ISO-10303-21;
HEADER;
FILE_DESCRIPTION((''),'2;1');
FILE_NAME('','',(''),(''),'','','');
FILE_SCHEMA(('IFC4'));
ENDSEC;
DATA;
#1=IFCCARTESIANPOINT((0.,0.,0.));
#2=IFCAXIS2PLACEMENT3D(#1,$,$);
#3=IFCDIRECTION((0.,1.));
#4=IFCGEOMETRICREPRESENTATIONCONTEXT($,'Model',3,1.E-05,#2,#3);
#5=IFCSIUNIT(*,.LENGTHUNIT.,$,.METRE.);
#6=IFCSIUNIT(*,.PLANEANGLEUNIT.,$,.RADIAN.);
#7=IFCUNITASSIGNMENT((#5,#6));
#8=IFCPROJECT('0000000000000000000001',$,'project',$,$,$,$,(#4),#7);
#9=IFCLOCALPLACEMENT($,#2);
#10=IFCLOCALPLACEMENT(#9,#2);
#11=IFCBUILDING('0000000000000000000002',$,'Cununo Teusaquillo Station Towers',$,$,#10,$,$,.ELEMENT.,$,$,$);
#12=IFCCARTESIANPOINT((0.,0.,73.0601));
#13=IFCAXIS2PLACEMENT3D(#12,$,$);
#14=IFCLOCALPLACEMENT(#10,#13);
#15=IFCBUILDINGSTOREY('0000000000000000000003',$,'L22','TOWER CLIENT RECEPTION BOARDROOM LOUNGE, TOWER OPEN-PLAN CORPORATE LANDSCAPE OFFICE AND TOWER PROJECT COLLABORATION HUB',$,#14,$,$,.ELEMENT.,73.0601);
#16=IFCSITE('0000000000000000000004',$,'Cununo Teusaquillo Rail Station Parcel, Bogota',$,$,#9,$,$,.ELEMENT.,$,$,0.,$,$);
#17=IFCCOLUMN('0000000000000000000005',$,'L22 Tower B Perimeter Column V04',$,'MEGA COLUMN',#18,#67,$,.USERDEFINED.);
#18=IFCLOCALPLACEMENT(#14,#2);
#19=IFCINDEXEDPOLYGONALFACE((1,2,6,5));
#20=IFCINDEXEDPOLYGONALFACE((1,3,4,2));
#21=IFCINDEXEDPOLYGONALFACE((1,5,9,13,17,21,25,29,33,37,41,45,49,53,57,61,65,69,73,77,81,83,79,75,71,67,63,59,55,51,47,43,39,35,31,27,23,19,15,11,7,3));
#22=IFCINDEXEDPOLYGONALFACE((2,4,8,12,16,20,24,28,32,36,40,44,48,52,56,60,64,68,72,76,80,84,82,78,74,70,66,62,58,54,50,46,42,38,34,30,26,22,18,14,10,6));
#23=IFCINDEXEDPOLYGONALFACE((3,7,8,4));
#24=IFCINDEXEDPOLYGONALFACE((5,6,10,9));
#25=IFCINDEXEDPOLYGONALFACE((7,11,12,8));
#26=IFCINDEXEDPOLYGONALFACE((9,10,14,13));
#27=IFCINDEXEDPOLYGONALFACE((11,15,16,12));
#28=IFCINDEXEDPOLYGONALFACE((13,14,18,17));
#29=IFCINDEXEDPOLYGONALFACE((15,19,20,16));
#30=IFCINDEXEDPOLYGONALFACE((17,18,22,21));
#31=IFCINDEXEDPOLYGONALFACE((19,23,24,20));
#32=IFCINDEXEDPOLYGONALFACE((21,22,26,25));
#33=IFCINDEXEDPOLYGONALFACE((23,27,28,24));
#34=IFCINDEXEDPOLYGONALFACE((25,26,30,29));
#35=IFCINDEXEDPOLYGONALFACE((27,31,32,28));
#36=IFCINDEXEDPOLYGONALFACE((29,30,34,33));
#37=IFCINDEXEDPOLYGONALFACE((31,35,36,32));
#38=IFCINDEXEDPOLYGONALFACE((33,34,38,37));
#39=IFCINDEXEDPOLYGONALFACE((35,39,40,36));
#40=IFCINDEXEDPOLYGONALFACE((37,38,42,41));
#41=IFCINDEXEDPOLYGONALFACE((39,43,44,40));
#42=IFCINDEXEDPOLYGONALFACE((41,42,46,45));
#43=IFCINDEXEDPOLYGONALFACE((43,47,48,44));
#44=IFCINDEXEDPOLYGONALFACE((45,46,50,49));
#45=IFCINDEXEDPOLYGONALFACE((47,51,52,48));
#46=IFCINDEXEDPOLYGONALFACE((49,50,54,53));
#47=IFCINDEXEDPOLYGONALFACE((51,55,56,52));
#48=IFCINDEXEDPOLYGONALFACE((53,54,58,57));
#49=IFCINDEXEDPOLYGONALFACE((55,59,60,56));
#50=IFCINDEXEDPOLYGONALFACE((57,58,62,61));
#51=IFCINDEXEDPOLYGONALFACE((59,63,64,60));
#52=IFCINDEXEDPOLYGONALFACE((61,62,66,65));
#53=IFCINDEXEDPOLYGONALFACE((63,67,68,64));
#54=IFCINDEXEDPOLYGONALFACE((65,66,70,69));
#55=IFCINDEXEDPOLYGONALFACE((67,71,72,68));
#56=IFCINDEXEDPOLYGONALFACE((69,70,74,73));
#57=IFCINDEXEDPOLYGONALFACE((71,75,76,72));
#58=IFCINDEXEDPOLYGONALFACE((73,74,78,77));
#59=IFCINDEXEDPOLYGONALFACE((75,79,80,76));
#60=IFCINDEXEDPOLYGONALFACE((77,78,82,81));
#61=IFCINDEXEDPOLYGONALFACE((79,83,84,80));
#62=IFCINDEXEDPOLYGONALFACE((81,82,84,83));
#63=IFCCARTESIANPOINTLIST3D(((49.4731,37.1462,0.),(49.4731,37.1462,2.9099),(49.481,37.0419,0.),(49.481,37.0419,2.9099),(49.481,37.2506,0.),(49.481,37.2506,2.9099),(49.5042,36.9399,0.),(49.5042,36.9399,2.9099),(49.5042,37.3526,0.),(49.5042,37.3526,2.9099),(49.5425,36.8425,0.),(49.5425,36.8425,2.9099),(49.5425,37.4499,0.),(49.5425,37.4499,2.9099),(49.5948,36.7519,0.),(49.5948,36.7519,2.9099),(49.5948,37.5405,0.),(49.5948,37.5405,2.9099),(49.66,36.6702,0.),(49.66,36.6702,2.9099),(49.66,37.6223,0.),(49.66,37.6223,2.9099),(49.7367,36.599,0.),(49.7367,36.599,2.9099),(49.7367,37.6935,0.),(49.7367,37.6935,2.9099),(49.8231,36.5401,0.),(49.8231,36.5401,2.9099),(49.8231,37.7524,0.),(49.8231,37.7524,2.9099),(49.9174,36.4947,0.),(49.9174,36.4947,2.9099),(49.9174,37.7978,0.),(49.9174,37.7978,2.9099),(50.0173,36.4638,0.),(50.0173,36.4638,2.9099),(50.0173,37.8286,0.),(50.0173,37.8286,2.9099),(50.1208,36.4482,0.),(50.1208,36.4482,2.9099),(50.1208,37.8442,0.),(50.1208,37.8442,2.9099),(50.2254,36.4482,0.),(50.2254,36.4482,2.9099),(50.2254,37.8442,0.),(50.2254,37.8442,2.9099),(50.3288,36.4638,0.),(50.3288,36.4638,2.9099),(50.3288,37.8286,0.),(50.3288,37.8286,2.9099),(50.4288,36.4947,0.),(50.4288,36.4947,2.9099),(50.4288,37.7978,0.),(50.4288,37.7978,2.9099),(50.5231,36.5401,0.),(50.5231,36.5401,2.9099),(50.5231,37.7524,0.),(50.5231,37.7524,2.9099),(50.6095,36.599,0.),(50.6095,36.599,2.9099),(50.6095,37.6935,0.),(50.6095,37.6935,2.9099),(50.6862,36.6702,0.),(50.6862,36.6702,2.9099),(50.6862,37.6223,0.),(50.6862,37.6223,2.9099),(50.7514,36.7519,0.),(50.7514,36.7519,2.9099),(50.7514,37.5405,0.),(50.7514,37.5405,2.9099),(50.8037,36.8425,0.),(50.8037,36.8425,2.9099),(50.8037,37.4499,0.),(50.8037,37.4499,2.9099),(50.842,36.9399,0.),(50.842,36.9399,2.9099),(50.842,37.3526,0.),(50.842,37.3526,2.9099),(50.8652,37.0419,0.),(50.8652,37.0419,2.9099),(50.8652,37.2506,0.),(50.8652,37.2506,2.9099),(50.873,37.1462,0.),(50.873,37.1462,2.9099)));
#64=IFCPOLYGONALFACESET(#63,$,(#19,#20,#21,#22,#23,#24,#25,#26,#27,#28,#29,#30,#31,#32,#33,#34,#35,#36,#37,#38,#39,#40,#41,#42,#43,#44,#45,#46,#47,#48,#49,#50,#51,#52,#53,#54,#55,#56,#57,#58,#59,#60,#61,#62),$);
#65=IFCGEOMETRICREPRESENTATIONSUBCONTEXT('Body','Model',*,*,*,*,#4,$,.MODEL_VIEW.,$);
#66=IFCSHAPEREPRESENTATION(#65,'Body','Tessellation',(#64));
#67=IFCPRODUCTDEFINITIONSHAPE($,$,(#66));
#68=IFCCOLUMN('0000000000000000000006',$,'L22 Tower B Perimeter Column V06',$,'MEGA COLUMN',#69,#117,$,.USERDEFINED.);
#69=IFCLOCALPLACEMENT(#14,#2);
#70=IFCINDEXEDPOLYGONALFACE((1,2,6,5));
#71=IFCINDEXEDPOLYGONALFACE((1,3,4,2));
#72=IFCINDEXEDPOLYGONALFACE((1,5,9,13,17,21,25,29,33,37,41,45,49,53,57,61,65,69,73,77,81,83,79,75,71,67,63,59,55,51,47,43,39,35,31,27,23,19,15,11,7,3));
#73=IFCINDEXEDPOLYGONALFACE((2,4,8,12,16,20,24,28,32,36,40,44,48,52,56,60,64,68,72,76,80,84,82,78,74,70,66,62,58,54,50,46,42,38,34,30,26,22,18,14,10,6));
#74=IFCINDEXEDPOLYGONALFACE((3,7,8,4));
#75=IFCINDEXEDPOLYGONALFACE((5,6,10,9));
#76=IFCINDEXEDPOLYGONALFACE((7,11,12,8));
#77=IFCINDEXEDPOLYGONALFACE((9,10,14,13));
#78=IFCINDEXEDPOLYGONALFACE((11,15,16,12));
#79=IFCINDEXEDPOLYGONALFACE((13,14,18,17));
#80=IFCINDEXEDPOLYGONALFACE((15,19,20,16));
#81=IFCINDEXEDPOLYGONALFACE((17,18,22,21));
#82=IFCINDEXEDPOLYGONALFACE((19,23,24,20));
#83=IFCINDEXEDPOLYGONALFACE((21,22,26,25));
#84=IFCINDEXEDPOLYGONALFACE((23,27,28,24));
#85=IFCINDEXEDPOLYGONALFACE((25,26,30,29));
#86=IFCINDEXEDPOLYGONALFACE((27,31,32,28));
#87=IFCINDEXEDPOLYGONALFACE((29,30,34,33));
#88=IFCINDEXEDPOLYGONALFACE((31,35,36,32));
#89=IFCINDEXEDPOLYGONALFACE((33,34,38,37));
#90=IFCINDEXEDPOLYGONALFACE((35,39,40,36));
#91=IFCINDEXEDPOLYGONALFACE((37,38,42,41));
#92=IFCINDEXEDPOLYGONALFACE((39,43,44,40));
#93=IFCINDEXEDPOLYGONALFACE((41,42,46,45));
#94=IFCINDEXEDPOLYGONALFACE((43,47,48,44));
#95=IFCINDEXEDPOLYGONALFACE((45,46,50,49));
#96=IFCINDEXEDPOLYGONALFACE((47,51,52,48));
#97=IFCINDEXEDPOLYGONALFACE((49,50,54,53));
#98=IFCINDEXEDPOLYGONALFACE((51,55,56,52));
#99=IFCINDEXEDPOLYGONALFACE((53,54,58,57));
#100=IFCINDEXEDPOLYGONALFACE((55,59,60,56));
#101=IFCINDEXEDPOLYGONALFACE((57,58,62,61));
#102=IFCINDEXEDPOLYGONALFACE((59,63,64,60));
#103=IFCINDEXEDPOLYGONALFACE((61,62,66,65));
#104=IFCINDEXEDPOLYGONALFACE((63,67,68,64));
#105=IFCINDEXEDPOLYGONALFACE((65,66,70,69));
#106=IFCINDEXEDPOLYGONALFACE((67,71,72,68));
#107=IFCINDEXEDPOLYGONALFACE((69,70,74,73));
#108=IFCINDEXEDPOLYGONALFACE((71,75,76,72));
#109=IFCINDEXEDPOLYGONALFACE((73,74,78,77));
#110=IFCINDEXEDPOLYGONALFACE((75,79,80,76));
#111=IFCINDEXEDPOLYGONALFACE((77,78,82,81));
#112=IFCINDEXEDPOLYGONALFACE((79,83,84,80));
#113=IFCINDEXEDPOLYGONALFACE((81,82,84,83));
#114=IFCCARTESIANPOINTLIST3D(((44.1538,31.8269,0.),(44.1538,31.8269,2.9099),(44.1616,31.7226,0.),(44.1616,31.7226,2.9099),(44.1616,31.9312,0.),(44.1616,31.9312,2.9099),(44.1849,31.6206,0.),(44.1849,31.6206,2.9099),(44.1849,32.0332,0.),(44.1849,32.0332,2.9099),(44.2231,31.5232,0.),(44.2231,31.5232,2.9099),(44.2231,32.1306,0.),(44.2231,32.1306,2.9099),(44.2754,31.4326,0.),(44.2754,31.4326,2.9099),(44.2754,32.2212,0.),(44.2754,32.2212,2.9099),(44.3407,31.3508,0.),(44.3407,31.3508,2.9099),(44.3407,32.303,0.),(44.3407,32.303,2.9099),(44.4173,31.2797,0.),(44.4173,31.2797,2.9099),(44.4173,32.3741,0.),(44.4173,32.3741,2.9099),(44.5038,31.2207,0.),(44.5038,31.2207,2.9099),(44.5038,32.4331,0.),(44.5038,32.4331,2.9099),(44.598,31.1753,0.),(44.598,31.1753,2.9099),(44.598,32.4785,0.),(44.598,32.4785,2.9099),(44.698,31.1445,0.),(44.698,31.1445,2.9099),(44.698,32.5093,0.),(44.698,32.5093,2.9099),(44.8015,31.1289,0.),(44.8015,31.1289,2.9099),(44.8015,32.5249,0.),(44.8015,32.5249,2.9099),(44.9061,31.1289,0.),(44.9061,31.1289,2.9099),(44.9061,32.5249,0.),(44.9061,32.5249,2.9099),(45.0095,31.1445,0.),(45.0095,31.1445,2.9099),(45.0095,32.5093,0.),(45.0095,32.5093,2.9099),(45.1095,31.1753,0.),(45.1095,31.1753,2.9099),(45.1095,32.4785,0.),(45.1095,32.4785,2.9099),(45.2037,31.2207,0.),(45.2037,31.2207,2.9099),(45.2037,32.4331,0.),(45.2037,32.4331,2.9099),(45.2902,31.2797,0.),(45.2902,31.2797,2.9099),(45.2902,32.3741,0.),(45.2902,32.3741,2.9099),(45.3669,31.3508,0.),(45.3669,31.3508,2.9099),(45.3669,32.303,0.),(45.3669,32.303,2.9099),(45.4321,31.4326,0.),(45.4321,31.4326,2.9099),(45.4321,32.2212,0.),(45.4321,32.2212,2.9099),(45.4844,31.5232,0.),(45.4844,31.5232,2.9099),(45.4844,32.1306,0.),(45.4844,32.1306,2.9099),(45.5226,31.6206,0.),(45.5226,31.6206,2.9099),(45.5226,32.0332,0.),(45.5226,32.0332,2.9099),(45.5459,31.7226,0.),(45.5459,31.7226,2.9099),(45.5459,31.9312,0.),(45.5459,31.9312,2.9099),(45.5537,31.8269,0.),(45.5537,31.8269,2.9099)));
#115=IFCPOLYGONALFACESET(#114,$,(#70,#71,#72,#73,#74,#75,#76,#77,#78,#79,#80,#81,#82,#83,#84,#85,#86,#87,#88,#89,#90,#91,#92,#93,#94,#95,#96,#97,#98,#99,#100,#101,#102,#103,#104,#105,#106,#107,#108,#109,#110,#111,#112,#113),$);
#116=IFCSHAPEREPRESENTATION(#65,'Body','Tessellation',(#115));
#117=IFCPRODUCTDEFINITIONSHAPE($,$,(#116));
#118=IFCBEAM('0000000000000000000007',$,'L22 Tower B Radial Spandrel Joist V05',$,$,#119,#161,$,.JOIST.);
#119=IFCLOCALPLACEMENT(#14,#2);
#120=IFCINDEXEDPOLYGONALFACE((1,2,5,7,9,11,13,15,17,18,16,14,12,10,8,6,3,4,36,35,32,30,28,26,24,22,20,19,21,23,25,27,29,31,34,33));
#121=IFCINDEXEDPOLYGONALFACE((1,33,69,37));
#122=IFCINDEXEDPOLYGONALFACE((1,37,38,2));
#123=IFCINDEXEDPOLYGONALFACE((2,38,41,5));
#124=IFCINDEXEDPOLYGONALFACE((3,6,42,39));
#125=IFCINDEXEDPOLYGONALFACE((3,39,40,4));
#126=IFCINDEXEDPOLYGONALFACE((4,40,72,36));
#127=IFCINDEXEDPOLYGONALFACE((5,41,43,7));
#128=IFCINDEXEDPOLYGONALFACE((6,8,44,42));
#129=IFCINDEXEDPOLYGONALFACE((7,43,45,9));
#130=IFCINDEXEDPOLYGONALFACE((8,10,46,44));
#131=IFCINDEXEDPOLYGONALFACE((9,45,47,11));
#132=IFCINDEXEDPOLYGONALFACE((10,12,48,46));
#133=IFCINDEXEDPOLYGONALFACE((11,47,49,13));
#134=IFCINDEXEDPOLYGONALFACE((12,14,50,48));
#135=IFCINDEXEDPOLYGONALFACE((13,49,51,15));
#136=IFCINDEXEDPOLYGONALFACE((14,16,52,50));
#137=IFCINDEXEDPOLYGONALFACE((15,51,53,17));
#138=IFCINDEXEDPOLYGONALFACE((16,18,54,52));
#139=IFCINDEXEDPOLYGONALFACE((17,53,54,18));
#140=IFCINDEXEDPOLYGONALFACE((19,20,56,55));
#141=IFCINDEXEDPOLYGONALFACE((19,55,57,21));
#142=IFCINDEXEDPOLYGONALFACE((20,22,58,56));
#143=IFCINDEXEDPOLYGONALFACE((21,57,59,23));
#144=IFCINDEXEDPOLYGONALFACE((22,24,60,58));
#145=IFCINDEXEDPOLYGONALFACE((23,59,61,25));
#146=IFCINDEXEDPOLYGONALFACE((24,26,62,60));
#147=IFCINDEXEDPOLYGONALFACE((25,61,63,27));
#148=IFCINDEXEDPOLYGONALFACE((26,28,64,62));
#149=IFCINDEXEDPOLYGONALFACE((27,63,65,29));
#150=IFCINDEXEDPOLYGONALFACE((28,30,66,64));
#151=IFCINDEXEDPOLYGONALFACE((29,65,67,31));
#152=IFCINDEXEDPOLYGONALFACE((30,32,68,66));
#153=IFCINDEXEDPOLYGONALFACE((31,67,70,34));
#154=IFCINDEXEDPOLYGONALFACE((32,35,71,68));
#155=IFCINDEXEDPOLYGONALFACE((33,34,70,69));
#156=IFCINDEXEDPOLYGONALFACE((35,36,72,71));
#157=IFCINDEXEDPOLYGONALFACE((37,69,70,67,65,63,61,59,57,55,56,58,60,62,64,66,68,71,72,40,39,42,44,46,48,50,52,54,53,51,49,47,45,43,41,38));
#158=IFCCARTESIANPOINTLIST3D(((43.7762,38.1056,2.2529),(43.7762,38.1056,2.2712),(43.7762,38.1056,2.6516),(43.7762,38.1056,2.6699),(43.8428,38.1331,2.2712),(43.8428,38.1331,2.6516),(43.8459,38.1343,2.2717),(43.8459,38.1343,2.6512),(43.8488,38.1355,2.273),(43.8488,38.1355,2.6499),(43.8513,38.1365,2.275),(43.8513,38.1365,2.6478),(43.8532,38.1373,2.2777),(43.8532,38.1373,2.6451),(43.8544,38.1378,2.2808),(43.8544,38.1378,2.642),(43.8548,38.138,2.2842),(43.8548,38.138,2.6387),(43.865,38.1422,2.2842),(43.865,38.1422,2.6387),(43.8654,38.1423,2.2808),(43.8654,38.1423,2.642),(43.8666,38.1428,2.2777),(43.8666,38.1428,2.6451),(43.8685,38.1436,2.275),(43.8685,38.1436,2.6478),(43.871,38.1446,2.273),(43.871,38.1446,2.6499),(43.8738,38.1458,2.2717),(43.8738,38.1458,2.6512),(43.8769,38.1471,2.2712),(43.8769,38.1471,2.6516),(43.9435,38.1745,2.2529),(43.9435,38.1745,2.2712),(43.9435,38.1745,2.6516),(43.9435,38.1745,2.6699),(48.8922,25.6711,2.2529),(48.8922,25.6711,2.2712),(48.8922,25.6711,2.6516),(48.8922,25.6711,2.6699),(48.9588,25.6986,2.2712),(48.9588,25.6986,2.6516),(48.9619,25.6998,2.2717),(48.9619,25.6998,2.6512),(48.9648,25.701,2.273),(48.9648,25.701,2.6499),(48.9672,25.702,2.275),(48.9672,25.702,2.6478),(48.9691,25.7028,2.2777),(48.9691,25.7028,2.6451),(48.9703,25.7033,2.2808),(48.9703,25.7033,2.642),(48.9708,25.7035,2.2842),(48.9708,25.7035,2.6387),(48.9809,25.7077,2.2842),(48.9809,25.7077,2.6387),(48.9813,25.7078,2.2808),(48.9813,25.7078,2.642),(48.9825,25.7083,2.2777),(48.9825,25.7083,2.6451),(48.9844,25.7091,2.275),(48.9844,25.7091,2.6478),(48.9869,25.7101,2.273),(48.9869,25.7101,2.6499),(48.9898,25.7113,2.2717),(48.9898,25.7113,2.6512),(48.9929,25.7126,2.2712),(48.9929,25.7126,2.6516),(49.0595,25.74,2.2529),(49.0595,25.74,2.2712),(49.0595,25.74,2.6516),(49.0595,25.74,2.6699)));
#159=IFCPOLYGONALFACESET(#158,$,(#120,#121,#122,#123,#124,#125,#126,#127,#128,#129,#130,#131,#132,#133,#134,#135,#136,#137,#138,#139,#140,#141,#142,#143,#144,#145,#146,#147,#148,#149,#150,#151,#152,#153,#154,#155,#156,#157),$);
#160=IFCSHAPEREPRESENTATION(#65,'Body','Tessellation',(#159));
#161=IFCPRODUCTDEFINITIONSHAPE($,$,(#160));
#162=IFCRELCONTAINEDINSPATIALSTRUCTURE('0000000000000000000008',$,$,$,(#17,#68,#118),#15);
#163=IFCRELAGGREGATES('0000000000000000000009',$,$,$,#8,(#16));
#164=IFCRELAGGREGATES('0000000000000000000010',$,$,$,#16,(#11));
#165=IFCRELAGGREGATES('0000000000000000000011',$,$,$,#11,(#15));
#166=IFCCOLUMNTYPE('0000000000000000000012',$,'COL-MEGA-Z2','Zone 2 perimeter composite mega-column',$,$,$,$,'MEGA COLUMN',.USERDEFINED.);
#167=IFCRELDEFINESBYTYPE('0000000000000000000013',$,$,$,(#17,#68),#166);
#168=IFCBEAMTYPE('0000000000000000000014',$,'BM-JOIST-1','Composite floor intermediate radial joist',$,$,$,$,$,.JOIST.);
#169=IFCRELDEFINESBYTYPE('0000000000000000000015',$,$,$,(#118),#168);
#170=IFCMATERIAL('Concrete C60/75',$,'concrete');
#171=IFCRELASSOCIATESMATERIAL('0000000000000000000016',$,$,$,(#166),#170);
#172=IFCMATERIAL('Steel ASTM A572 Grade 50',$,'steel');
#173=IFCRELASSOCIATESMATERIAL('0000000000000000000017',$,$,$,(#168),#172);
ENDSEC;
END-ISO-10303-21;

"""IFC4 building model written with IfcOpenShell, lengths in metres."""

from ifc_helpers import new_model, si_unit, direction, frame, origin, origin_2d, place, context, subcontext, project, spatial, circle, i_section, extrude, material, material_profile, profile_set, type_object, element, save


model = new_model("IFC4")

# Units and contexts
model_context = context("Model", 3, precision=1e-05, world=origin(), true_north=direction((0.0, 1.0)))
body_context = subcontext(model_context, "Body", "Model", "MODEL_VIEW")
ifc_project = project(units=[si_unit("LENGTHUNIT", "METRE"), si_unit("PLANEANGLEUNIT", "RADIAN")], contexts=[model_context])

# Site, building, storey
site_placement = place(None, origin())
site = spatial("IfcSite", under=ifc_project, at=site_placement, Name="Cununo Teusaquillo Rail Station Parcel, Bogota", CompositionType="ELEMENT", RefElevation=0.0)
building_placement = place(site_placement, origin())
building = spatial("IfcBuilding", under=site, at=building_placement, Name="Cununo Teusaquillo Station Towers", CompositionType="ELEMENT")
storey_placement = place(building_placement, frame((0.0, 0.0, 73.0601)))
storey = spatial("IfcBuildingStorey", under=building, at=storey_placement, Name="L22", Description="TOWER CLIENT RECEPTION BOARDROOM LOUNGE, TOWER OPEN-PLAN CORPORATE LANDSCAPE OFFICE AND TOWER PROJECT COLLABORATION HUB", CompositionType="ELEMENT", Elevation=73.0601)

# Columns
ifc_material_1 = material(Name="Concrete C60/75", Category="concrete")
ifc_material_profile_1 = material_profile(ifc_material_1, circle(Radius=0.7, at=origin_2d()), Name="RC-CIRC-1400")
ifc_profile_set_1 = profile_set([ifc_material_profile_1], Name="Concrete C60/75")
column_type = type_object("IfcColumnType", Name="COL-MEGA-Z2", Description="Zone 2 perimeter composite mega-column", ElementType="MEGA COLUMN", PredefinedType="USERDEFINED", material=ifc_profile_set_1)
for number, where, z_axis, x_axis, name in (
    (1, (50.1731, 37.1462, 0.0), (0.0, 0.0, 1.0), (1.0, 0.0, 0.0), "L22 Tower B Perimeter Column V04"),
    (2, (44.8538, 31.8269, 0.0), (0.0, 0.0, 1.0), (1.0, 0.0, 0.0), "L22 Tower B Perimeter Column V06"),
):
    element("IfcColumn", number, at=place(storey_placement, frame(where, z_axis=z_axis, x_axis=x_axis)), inside=storey, type_object=column_type, Name=name, ObjectType="MEGA COLUMN", PredefinedType="USERDEFINED", context=body_context, shape_type="SweptSolid", body=[
        extrude(circle(Radius=0.7, at=origin_2d()), origin(), (0.0, 0.0, 1.0), 2.9099),
    ])

# Beam
ifc_material_2 = material(Name="Steel ASTM A572 Grade 50", Category="steel")
ifc_material_profile_2 = material_profile(ifc_material_2, i_section(OverallWidth=0.1809, OverallDepth=0.417, WebThickness=0.011, FlangeThickness=0.0183, FilletRadius=0.0129, at=origin_2d()), Name="W16X57")
ifc_profile_set_2 = profile_set([ifc_material_profile_2], Name="Steel ASTM A572 Grade 50")
beam_type_1 = type_object("IfcBeamType", Name="BM-JOIST-1", Description="Composite floor intermediate radial joist", PredefinedType="JOIST", material=ifc_profile_set_2)
beam_1_placement = place(storey_placement, frame((48.9758, 25.7056, 2.4614), z_axis=(-0.380486, 0.924787, 0.0), x_axis=(-0.924787, -0.380486, 0.0)))
element("IfcBeam", 3, at=beam_1_placement, inside=storey, type_object=beam_type_1, Name="L22 Tower B Radial Spandrel Joist V05", PredefinedType="JOIST", context=body_context, shape_type="SweptSolid", body=[
    extrude(i_section(OverallWidth=0.1809, OverallDepth=0.417, WebThickness=0.011, FlangeThickness=0.0183, FilletRadius=0.0129, at=origin_2d()), origin(), (0.0, 0.0, 1.0), 13.4458),
])

save(model, "model.ifc")
